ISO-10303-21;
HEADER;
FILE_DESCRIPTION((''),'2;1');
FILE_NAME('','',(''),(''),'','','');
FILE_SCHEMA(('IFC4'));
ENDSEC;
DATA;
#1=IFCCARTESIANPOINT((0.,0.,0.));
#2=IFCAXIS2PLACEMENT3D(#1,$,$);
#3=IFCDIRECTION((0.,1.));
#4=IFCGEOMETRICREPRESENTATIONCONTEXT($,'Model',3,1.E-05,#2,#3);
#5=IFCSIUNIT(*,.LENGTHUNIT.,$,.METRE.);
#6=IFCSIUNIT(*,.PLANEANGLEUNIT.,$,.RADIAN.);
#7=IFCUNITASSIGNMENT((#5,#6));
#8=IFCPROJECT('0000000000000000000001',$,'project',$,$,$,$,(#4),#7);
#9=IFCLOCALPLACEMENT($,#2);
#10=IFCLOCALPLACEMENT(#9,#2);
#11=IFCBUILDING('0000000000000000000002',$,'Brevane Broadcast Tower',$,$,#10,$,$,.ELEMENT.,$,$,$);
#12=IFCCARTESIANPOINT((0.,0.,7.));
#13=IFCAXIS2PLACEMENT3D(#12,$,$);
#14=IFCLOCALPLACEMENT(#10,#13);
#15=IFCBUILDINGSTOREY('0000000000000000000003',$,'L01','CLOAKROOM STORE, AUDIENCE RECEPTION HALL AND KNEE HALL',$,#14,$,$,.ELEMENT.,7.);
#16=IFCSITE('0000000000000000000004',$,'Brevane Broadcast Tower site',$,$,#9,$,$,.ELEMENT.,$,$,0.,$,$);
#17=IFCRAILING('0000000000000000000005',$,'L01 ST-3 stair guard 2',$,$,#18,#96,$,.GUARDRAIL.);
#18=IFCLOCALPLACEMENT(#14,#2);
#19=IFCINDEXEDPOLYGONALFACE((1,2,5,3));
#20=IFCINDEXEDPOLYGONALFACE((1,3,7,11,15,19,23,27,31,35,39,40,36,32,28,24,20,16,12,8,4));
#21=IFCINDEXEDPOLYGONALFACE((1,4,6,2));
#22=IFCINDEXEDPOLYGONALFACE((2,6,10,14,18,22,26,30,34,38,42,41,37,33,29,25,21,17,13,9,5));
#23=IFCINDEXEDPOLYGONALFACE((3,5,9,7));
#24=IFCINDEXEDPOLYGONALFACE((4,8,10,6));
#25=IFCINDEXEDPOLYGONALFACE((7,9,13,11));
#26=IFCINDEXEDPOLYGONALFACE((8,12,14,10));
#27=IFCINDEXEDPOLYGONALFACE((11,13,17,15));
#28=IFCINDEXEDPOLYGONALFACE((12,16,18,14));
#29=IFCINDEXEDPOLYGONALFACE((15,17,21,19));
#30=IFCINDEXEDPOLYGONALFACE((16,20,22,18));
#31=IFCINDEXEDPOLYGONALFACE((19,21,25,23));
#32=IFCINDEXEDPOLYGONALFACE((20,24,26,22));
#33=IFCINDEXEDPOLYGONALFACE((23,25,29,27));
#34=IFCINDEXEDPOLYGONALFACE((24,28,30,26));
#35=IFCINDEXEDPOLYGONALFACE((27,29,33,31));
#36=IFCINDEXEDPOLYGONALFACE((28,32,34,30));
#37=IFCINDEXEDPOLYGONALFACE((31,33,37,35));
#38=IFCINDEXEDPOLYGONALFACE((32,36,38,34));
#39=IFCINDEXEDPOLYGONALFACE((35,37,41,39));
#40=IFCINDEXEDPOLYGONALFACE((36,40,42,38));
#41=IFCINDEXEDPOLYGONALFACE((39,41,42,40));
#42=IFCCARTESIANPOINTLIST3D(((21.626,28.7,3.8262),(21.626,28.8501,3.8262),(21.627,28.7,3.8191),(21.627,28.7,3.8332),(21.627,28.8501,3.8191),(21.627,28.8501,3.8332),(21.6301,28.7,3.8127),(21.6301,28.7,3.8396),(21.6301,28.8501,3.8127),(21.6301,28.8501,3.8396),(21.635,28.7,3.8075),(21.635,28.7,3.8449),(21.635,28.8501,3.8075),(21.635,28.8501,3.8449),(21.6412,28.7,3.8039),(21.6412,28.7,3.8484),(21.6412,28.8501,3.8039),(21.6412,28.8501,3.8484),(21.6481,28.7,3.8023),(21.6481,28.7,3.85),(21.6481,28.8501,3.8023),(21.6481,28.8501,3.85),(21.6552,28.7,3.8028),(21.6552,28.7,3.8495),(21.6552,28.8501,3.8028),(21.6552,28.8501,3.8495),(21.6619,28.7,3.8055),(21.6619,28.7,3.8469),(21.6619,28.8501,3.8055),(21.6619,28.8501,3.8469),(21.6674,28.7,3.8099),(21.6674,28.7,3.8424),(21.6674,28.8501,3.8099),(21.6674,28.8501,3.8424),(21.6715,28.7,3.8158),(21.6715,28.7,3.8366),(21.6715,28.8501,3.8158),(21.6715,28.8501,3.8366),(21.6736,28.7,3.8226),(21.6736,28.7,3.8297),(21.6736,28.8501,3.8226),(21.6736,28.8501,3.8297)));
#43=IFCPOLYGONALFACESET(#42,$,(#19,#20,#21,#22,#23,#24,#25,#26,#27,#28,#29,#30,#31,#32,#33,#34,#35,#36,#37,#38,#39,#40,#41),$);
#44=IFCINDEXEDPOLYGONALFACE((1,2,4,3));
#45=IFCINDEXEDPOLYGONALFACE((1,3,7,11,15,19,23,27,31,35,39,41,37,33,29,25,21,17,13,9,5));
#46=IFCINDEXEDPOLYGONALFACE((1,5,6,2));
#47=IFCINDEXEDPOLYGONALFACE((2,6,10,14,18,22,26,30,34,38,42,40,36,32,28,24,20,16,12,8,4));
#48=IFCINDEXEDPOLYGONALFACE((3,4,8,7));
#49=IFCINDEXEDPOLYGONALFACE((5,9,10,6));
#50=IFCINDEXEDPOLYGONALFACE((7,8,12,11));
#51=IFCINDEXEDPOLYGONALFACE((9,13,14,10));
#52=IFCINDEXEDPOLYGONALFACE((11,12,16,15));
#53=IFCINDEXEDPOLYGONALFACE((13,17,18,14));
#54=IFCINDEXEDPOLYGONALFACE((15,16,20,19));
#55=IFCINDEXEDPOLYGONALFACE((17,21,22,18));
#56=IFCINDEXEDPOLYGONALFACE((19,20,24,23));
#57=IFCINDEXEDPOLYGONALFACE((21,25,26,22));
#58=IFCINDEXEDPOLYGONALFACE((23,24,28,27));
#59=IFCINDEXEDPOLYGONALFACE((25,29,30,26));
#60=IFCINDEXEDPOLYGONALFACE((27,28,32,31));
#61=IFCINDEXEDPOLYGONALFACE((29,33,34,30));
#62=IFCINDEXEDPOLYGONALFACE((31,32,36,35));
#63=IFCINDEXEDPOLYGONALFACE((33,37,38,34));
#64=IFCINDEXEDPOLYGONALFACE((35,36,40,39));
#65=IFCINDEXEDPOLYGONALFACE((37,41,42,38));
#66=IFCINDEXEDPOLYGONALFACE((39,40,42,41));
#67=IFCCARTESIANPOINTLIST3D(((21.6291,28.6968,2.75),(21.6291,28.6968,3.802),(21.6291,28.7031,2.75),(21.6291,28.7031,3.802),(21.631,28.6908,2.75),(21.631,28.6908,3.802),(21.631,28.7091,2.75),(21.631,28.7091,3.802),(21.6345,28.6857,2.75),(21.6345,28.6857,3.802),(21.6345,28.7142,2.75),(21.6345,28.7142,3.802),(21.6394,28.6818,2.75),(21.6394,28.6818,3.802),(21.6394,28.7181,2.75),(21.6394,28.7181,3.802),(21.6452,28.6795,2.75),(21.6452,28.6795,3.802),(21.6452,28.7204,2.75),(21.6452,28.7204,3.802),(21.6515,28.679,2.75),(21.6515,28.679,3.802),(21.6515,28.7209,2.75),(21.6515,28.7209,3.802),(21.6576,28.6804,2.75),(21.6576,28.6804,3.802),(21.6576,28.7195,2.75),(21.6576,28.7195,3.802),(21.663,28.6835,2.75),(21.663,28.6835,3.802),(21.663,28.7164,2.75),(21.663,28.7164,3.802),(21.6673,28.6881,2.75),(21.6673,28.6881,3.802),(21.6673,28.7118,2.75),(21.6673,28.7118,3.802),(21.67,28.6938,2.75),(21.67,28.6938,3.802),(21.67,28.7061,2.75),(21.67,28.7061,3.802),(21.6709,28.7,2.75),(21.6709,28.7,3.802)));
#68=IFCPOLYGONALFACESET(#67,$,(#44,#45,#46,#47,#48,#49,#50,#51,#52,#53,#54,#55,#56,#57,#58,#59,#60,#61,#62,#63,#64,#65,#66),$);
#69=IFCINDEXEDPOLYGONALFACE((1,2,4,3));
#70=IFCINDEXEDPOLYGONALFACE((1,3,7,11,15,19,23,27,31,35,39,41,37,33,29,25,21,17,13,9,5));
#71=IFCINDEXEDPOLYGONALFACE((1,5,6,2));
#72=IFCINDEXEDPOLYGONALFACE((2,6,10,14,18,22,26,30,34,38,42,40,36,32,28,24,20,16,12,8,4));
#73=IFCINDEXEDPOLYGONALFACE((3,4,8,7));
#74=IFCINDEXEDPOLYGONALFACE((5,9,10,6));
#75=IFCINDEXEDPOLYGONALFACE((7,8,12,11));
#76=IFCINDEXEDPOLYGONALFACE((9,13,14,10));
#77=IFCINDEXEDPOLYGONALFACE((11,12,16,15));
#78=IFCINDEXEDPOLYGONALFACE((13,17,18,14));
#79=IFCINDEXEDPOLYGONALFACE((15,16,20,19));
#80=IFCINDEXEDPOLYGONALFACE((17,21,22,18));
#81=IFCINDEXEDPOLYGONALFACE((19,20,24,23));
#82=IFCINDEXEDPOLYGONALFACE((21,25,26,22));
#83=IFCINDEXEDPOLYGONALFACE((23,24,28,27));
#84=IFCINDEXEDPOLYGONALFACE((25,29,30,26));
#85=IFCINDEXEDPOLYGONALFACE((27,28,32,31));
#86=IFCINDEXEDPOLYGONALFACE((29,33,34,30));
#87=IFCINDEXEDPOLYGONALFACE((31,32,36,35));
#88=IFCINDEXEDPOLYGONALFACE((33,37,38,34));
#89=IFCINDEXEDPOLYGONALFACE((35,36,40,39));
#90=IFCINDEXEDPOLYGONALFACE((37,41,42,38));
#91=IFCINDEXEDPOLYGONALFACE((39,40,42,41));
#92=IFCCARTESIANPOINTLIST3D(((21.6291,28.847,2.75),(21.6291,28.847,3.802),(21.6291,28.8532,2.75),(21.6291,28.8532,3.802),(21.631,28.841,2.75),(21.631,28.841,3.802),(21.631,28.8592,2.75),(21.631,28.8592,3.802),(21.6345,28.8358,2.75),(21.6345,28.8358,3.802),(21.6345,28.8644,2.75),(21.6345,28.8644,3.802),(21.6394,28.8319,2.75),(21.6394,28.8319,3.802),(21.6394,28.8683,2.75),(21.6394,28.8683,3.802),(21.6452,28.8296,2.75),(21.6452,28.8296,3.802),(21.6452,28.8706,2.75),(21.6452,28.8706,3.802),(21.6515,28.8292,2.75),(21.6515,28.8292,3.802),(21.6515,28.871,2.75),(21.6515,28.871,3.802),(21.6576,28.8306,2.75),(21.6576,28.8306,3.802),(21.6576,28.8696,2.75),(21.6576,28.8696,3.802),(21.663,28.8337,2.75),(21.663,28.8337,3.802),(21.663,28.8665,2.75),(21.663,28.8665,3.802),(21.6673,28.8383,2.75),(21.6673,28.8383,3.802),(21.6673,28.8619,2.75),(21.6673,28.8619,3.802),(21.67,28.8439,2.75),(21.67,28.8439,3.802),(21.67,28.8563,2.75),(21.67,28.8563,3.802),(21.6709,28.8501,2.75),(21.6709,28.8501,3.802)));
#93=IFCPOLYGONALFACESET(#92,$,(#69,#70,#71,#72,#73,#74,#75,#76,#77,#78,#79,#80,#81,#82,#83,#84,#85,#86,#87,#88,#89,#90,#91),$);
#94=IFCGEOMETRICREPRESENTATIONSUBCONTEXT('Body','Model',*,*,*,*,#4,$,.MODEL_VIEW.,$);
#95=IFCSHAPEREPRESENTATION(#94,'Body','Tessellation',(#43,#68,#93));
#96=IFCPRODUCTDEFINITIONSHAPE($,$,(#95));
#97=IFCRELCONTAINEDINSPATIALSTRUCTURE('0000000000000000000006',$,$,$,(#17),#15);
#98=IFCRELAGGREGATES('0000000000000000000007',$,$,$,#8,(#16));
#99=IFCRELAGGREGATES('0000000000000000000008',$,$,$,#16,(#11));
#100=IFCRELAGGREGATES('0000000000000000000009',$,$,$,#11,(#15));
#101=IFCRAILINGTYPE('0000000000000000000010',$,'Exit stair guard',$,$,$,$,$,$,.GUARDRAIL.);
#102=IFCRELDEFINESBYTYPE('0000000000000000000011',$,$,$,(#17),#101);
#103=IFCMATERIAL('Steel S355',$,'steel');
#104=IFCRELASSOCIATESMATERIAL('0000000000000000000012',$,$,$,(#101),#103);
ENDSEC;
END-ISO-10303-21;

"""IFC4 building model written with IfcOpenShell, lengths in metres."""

from ifc_helpers import new_model, si_unit, direction, frame, origin, origin_2d, place, context, subcontext, project, spatial, circle, extrude, material, type_object, element, save


model = new_model("IFC4")

# Units and contexts
model_context = context("Model", 3, precision=1e-05, world=origin(), true_north=direction((0.0, 1.0)))
body_context = subcontext(model_context, "Body", "Model", "MODEL_VIEW")
ifc_project = project(units=[si_unit("LENGTHUNIT", "METRE"), si_unit("PLANEANGLEUNIT", "RADIAN")], contexts=[model_context])

# Site, building, storey
site_placement = place(None, origin())
site = spatial("IfcSite", under=ifc_project, at=site_placement, Name="Brevane Broadcast Tower site", CompositionType="ELEMENT", RefElevation=0.0)
building_placement = place(site_placement, origin())
building = spatial("IfcBuilding", under=site, at=building_placement, Name="Brevane Broadcast Tower", CompositionType="ELEMENT")
storey_placement = place(building_placement, frame((0.0, 0.0, 7.0)))
storey = spatial("IfcBuildingStorey", under=building, at=storey_placement, Name="L01", Description="CLOAKROOM STORE, AUDIENCE RECEPTION HALL AND KNEE HALL", CompositionType="ELEMENT", Elevation=7.0)

# Railing
ifc_material_1 = material(Name="Steel S355", Category="steel")
railing_type_1 = type_object("IfcRailingType", Name="Exit stair guard", PredefinedType="GUARDRAIL", material=ifc_material_1)
railing_1_placement = place(storey_placement, frame((21.6499, 28.7, 2.75)))
element("IfcRailing", 1, at=railing_1_placement, inside=storey, type_object=railing_type_1, Name="L01 ST-3 stair guard 2", PredefinedType="GUARDRAIL", context=body_context, shape_type="SweptSolid", body=[
    extrude(circle(Radius=0.0239, at=origin_2d()), frame((0.0, 0.0, 1.0762), z_axis=(0.0, 1.0, 0.0), x_axis=(-1.0, 0.0, 0.0)), (0.0, 0.0, 1.0), 0.1501),
    extrude(circle(Radius=0.021, at=origin_2d()), origin(), (0.0, 0.0, 1.0), 1.052),
    extrude(circle(Radius=0.021, at=origin_2d()), frame((0.0, 0.1501, 0.0)), (0.0, 0.0, 1.0), 1.052),
])

save(model, "model.ifc")
